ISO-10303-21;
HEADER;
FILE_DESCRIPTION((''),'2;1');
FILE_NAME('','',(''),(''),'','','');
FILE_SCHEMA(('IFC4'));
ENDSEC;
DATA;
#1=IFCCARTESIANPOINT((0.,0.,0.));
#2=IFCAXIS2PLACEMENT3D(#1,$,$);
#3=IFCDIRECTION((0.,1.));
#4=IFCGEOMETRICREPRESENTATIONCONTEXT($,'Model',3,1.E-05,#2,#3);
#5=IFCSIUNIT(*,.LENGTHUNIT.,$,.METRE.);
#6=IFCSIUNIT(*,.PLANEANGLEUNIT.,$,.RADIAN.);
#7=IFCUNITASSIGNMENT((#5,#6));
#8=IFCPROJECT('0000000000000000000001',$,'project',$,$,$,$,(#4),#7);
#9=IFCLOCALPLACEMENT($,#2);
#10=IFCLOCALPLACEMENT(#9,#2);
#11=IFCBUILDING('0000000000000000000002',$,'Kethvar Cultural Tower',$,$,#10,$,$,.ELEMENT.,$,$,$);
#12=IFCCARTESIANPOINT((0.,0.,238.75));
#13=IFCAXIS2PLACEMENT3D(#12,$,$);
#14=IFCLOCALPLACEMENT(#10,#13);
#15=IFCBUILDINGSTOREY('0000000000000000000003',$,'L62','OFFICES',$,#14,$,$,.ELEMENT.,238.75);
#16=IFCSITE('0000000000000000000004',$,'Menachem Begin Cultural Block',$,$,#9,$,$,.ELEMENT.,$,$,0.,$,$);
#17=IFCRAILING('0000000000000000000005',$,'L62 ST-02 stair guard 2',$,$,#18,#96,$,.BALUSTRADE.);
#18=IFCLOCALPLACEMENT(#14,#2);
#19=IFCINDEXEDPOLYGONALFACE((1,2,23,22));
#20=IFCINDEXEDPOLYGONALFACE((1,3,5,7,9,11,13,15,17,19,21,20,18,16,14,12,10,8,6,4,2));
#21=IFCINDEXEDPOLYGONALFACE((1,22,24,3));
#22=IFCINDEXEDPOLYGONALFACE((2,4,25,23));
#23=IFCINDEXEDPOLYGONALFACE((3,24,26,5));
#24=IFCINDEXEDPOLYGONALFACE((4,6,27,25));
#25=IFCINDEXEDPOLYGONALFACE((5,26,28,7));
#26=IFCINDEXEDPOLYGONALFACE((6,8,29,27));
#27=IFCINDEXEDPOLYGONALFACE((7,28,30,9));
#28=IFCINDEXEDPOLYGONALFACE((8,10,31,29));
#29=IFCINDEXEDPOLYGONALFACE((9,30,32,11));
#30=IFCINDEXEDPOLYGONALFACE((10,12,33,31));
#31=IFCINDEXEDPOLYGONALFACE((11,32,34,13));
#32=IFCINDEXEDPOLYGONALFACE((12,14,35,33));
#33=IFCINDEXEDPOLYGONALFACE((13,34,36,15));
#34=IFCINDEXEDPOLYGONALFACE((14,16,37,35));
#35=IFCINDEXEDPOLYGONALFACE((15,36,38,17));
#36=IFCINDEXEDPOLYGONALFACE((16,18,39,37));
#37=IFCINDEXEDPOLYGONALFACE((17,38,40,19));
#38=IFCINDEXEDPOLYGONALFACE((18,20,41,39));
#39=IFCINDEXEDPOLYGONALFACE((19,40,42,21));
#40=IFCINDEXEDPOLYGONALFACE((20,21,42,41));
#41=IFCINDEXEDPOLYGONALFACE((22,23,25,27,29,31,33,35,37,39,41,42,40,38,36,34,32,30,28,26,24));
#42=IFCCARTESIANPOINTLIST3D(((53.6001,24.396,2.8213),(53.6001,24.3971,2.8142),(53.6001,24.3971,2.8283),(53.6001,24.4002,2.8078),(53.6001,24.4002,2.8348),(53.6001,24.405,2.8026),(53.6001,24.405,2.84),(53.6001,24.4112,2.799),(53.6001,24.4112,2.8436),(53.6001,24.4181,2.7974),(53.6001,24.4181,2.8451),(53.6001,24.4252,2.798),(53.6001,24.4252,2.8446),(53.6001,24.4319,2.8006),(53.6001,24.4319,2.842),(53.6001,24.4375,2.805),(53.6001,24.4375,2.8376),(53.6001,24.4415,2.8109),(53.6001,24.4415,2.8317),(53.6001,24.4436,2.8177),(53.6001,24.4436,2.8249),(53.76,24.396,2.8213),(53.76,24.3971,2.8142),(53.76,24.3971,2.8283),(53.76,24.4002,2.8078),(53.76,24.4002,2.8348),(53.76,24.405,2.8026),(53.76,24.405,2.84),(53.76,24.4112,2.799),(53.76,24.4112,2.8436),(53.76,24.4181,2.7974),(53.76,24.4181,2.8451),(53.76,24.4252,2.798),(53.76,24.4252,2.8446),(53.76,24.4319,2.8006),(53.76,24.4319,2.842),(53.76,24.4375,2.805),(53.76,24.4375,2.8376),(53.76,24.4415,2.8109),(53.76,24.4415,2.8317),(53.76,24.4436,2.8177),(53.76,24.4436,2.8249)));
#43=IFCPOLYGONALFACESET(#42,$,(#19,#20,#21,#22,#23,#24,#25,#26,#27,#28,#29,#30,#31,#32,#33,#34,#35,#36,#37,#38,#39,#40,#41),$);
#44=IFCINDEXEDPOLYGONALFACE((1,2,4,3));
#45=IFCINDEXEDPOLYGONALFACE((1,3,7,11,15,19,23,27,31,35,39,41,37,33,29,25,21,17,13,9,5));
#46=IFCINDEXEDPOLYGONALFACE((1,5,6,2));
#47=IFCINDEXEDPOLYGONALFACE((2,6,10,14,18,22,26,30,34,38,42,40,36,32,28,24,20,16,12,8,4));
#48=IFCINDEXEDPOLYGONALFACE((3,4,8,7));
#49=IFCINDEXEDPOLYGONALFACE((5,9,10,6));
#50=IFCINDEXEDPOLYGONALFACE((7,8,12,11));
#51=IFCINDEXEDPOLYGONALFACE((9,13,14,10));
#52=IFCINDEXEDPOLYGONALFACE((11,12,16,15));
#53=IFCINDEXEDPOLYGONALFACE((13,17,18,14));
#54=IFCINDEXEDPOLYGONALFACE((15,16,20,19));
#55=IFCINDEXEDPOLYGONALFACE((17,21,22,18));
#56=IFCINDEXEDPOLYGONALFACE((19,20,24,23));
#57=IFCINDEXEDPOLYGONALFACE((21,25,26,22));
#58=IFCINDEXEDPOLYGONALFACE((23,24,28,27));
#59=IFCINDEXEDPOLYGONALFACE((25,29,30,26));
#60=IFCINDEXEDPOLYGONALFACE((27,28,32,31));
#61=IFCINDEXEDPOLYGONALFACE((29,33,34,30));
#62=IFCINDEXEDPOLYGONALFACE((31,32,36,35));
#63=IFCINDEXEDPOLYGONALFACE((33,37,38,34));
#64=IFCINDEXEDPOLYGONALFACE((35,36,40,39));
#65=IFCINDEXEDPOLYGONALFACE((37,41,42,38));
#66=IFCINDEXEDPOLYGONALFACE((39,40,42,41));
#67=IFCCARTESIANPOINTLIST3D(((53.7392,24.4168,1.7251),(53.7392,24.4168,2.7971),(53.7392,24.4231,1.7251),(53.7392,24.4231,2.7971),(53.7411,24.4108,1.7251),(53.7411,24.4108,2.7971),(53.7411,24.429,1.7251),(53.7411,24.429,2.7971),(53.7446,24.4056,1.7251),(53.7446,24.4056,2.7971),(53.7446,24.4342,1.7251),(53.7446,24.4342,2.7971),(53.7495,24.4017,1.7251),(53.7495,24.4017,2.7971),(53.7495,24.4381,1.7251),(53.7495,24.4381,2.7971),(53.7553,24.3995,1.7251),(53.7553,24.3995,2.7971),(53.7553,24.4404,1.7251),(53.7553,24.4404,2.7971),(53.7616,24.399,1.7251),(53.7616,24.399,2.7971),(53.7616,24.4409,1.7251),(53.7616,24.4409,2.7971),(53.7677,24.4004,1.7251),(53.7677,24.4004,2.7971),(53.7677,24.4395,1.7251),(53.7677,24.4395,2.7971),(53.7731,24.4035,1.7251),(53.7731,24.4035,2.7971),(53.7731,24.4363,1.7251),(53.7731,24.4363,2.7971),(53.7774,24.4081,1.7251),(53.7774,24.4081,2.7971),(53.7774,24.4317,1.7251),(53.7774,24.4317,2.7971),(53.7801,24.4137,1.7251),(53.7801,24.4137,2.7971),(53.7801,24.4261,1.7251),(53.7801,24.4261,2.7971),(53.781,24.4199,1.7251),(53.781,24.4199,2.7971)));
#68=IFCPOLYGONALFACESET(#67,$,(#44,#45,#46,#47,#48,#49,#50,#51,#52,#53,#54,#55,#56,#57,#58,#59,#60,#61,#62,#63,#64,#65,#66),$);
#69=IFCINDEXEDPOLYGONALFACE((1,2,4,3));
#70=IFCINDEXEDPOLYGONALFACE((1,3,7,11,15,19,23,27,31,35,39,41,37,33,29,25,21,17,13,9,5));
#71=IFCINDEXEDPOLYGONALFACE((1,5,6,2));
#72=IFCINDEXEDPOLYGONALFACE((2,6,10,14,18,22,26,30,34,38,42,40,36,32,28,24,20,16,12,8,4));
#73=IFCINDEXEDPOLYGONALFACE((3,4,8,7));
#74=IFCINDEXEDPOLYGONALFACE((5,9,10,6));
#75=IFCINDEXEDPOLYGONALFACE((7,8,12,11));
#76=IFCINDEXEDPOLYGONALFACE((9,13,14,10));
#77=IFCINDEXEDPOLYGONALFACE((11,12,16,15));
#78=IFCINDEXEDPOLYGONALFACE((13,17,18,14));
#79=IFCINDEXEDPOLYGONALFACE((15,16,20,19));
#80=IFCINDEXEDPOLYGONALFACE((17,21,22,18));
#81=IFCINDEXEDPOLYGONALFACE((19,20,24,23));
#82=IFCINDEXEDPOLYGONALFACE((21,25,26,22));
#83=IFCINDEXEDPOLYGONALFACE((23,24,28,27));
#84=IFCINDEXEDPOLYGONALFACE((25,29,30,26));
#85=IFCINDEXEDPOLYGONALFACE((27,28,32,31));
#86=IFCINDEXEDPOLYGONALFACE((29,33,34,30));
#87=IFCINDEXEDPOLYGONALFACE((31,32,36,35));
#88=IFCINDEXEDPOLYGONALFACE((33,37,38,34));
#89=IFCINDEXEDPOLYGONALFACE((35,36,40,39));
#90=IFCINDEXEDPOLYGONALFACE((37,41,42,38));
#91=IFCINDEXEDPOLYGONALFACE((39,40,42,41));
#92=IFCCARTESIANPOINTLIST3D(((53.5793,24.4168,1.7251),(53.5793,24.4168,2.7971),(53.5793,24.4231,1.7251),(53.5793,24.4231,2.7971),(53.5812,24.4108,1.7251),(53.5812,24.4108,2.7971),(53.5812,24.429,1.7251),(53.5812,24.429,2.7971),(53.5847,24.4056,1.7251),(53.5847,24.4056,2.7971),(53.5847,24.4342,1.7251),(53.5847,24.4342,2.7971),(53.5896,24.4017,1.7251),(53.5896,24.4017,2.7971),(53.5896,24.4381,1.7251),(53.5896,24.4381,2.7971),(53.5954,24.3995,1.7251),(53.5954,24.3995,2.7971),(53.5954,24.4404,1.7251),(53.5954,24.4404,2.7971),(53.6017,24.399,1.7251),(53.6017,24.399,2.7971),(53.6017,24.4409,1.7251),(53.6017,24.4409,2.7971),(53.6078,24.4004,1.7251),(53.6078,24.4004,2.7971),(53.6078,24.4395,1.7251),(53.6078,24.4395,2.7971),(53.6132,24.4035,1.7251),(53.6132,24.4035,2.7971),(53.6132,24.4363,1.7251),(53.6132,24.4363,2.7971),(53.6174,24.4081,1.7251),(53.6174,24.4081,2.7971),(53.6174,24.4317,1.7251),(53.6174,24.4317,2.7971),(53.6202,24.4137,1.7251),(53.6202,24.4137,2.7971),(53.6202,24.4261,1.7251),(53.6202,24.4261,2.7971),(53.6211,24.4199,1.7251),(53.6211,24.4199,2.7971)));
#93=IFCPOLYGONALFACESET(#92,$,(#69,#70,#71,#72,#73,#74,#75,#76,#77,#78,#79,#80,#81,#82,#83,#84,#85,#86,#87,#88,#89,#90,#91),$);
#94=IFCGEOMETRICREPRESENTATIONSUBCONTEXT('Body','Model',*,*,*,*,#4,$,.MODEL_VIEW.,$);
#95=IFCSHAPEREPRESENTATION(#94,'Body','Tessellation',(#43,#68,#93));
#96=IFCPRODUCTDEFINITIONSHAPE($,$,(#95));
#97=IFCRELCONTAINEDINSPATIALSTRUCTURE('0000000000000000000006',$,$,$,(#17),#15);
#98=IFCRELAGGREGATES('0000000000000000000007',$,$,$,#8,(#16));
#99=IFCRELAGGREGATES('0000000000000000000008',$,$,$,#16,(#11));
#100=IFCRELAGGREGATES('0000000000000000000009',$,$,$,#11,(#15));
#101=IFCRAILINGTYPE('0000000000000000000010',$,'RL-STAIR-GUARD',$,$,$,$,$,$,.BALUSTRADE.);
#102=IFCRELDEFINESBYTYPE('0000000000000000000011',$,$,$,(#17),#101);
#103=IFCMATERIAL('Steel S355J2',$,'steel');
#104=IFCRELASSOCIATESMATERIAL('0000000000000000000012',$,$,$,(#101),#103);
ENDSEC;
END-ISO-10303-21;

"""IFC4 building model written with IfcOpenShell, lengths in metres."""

from ifc_helpers import new_model, si_unit, direction, frame, origin, origin_2d, place, context, subcontext, project, spatial, circle, extrude, material, type_object, element, save


model = new_model("IFC4")

# Units and contexts
model_context = context("Model", 3, precision=1e-05, world=origin(), true_north=direction((0.0, 1.0)))
body_context = subcontext(model_context, "Body", "Model", "MODEL_VIEW")
ifc_project = project(units=[si_unit("LENGTHUNIT", "METRE"), si_unit("PLANEANGLEUNIT", "RADIAN")], contexts=[model_context])

# Site, building, storey
site_placement = place(None, origin())
site = spatial("IfcSite", under=ifc_project, at=site_placement, Name="Menachem Begin Cultural Block", CompositionType="ELEMENT", RefElevation=0.0)
building_placement = place(site_placement, origin())
building = spatial("IfcBuilding", under=site, at=building_placement, Name="Kethvar Cultural Tower", CompositionType="ELEMENT")
storey_placement = place(building_placement, frame((0.0, 0.0, 238.75)))
storey = spatial("IfcBuildingStorey", under=building, at=storey_placement, Name="L62", Description="OFFICES", CompositionType="ELEMENT", Elevation=238.75)

# Shared definitions
ifc_material_1 = material(Name="Steel S355J2", Category="steel")

# Railing
railing_type_1 = type_object("IfcRailingType", Name="RL-STAIR-GUARD", PredefinedType="BALUSTRADE", material=ifc_material_1)
railing_1_placement = place(storey_placement, frame((53.76, 24.4199, 1.7251)))
element("IfcRailing", 1, at=railing_1_placement, inside=storey, type_object=railing_type_1, Name="L62 ST-02 stair guard 2", PredefinedType="BALUSTRADE", context=body_context, shape_type="SweptSolid", body=[
    extrude(circle(Radius=0.0239, at=origin_2d()), frame((0.0, 0.0, 1.0962), z_axis=(-1.0, 0.0, 0.0), x_axis=(0.0, -1.0, 0.0)), (0.0, 0.0, 1.0), 0.1599),
    extrude(circle(Radius=0.021, at=origin_2d()), origin(), (0.0, 0.0, 1.0), 1.072),
    extrude(circle(Radius=0.021, at=origin_2d()), frame((-0.1599, 0.0, 0.0)), (0.0, 0.0, 1.0), 1.072),
])

save(model, "model.ifc")
